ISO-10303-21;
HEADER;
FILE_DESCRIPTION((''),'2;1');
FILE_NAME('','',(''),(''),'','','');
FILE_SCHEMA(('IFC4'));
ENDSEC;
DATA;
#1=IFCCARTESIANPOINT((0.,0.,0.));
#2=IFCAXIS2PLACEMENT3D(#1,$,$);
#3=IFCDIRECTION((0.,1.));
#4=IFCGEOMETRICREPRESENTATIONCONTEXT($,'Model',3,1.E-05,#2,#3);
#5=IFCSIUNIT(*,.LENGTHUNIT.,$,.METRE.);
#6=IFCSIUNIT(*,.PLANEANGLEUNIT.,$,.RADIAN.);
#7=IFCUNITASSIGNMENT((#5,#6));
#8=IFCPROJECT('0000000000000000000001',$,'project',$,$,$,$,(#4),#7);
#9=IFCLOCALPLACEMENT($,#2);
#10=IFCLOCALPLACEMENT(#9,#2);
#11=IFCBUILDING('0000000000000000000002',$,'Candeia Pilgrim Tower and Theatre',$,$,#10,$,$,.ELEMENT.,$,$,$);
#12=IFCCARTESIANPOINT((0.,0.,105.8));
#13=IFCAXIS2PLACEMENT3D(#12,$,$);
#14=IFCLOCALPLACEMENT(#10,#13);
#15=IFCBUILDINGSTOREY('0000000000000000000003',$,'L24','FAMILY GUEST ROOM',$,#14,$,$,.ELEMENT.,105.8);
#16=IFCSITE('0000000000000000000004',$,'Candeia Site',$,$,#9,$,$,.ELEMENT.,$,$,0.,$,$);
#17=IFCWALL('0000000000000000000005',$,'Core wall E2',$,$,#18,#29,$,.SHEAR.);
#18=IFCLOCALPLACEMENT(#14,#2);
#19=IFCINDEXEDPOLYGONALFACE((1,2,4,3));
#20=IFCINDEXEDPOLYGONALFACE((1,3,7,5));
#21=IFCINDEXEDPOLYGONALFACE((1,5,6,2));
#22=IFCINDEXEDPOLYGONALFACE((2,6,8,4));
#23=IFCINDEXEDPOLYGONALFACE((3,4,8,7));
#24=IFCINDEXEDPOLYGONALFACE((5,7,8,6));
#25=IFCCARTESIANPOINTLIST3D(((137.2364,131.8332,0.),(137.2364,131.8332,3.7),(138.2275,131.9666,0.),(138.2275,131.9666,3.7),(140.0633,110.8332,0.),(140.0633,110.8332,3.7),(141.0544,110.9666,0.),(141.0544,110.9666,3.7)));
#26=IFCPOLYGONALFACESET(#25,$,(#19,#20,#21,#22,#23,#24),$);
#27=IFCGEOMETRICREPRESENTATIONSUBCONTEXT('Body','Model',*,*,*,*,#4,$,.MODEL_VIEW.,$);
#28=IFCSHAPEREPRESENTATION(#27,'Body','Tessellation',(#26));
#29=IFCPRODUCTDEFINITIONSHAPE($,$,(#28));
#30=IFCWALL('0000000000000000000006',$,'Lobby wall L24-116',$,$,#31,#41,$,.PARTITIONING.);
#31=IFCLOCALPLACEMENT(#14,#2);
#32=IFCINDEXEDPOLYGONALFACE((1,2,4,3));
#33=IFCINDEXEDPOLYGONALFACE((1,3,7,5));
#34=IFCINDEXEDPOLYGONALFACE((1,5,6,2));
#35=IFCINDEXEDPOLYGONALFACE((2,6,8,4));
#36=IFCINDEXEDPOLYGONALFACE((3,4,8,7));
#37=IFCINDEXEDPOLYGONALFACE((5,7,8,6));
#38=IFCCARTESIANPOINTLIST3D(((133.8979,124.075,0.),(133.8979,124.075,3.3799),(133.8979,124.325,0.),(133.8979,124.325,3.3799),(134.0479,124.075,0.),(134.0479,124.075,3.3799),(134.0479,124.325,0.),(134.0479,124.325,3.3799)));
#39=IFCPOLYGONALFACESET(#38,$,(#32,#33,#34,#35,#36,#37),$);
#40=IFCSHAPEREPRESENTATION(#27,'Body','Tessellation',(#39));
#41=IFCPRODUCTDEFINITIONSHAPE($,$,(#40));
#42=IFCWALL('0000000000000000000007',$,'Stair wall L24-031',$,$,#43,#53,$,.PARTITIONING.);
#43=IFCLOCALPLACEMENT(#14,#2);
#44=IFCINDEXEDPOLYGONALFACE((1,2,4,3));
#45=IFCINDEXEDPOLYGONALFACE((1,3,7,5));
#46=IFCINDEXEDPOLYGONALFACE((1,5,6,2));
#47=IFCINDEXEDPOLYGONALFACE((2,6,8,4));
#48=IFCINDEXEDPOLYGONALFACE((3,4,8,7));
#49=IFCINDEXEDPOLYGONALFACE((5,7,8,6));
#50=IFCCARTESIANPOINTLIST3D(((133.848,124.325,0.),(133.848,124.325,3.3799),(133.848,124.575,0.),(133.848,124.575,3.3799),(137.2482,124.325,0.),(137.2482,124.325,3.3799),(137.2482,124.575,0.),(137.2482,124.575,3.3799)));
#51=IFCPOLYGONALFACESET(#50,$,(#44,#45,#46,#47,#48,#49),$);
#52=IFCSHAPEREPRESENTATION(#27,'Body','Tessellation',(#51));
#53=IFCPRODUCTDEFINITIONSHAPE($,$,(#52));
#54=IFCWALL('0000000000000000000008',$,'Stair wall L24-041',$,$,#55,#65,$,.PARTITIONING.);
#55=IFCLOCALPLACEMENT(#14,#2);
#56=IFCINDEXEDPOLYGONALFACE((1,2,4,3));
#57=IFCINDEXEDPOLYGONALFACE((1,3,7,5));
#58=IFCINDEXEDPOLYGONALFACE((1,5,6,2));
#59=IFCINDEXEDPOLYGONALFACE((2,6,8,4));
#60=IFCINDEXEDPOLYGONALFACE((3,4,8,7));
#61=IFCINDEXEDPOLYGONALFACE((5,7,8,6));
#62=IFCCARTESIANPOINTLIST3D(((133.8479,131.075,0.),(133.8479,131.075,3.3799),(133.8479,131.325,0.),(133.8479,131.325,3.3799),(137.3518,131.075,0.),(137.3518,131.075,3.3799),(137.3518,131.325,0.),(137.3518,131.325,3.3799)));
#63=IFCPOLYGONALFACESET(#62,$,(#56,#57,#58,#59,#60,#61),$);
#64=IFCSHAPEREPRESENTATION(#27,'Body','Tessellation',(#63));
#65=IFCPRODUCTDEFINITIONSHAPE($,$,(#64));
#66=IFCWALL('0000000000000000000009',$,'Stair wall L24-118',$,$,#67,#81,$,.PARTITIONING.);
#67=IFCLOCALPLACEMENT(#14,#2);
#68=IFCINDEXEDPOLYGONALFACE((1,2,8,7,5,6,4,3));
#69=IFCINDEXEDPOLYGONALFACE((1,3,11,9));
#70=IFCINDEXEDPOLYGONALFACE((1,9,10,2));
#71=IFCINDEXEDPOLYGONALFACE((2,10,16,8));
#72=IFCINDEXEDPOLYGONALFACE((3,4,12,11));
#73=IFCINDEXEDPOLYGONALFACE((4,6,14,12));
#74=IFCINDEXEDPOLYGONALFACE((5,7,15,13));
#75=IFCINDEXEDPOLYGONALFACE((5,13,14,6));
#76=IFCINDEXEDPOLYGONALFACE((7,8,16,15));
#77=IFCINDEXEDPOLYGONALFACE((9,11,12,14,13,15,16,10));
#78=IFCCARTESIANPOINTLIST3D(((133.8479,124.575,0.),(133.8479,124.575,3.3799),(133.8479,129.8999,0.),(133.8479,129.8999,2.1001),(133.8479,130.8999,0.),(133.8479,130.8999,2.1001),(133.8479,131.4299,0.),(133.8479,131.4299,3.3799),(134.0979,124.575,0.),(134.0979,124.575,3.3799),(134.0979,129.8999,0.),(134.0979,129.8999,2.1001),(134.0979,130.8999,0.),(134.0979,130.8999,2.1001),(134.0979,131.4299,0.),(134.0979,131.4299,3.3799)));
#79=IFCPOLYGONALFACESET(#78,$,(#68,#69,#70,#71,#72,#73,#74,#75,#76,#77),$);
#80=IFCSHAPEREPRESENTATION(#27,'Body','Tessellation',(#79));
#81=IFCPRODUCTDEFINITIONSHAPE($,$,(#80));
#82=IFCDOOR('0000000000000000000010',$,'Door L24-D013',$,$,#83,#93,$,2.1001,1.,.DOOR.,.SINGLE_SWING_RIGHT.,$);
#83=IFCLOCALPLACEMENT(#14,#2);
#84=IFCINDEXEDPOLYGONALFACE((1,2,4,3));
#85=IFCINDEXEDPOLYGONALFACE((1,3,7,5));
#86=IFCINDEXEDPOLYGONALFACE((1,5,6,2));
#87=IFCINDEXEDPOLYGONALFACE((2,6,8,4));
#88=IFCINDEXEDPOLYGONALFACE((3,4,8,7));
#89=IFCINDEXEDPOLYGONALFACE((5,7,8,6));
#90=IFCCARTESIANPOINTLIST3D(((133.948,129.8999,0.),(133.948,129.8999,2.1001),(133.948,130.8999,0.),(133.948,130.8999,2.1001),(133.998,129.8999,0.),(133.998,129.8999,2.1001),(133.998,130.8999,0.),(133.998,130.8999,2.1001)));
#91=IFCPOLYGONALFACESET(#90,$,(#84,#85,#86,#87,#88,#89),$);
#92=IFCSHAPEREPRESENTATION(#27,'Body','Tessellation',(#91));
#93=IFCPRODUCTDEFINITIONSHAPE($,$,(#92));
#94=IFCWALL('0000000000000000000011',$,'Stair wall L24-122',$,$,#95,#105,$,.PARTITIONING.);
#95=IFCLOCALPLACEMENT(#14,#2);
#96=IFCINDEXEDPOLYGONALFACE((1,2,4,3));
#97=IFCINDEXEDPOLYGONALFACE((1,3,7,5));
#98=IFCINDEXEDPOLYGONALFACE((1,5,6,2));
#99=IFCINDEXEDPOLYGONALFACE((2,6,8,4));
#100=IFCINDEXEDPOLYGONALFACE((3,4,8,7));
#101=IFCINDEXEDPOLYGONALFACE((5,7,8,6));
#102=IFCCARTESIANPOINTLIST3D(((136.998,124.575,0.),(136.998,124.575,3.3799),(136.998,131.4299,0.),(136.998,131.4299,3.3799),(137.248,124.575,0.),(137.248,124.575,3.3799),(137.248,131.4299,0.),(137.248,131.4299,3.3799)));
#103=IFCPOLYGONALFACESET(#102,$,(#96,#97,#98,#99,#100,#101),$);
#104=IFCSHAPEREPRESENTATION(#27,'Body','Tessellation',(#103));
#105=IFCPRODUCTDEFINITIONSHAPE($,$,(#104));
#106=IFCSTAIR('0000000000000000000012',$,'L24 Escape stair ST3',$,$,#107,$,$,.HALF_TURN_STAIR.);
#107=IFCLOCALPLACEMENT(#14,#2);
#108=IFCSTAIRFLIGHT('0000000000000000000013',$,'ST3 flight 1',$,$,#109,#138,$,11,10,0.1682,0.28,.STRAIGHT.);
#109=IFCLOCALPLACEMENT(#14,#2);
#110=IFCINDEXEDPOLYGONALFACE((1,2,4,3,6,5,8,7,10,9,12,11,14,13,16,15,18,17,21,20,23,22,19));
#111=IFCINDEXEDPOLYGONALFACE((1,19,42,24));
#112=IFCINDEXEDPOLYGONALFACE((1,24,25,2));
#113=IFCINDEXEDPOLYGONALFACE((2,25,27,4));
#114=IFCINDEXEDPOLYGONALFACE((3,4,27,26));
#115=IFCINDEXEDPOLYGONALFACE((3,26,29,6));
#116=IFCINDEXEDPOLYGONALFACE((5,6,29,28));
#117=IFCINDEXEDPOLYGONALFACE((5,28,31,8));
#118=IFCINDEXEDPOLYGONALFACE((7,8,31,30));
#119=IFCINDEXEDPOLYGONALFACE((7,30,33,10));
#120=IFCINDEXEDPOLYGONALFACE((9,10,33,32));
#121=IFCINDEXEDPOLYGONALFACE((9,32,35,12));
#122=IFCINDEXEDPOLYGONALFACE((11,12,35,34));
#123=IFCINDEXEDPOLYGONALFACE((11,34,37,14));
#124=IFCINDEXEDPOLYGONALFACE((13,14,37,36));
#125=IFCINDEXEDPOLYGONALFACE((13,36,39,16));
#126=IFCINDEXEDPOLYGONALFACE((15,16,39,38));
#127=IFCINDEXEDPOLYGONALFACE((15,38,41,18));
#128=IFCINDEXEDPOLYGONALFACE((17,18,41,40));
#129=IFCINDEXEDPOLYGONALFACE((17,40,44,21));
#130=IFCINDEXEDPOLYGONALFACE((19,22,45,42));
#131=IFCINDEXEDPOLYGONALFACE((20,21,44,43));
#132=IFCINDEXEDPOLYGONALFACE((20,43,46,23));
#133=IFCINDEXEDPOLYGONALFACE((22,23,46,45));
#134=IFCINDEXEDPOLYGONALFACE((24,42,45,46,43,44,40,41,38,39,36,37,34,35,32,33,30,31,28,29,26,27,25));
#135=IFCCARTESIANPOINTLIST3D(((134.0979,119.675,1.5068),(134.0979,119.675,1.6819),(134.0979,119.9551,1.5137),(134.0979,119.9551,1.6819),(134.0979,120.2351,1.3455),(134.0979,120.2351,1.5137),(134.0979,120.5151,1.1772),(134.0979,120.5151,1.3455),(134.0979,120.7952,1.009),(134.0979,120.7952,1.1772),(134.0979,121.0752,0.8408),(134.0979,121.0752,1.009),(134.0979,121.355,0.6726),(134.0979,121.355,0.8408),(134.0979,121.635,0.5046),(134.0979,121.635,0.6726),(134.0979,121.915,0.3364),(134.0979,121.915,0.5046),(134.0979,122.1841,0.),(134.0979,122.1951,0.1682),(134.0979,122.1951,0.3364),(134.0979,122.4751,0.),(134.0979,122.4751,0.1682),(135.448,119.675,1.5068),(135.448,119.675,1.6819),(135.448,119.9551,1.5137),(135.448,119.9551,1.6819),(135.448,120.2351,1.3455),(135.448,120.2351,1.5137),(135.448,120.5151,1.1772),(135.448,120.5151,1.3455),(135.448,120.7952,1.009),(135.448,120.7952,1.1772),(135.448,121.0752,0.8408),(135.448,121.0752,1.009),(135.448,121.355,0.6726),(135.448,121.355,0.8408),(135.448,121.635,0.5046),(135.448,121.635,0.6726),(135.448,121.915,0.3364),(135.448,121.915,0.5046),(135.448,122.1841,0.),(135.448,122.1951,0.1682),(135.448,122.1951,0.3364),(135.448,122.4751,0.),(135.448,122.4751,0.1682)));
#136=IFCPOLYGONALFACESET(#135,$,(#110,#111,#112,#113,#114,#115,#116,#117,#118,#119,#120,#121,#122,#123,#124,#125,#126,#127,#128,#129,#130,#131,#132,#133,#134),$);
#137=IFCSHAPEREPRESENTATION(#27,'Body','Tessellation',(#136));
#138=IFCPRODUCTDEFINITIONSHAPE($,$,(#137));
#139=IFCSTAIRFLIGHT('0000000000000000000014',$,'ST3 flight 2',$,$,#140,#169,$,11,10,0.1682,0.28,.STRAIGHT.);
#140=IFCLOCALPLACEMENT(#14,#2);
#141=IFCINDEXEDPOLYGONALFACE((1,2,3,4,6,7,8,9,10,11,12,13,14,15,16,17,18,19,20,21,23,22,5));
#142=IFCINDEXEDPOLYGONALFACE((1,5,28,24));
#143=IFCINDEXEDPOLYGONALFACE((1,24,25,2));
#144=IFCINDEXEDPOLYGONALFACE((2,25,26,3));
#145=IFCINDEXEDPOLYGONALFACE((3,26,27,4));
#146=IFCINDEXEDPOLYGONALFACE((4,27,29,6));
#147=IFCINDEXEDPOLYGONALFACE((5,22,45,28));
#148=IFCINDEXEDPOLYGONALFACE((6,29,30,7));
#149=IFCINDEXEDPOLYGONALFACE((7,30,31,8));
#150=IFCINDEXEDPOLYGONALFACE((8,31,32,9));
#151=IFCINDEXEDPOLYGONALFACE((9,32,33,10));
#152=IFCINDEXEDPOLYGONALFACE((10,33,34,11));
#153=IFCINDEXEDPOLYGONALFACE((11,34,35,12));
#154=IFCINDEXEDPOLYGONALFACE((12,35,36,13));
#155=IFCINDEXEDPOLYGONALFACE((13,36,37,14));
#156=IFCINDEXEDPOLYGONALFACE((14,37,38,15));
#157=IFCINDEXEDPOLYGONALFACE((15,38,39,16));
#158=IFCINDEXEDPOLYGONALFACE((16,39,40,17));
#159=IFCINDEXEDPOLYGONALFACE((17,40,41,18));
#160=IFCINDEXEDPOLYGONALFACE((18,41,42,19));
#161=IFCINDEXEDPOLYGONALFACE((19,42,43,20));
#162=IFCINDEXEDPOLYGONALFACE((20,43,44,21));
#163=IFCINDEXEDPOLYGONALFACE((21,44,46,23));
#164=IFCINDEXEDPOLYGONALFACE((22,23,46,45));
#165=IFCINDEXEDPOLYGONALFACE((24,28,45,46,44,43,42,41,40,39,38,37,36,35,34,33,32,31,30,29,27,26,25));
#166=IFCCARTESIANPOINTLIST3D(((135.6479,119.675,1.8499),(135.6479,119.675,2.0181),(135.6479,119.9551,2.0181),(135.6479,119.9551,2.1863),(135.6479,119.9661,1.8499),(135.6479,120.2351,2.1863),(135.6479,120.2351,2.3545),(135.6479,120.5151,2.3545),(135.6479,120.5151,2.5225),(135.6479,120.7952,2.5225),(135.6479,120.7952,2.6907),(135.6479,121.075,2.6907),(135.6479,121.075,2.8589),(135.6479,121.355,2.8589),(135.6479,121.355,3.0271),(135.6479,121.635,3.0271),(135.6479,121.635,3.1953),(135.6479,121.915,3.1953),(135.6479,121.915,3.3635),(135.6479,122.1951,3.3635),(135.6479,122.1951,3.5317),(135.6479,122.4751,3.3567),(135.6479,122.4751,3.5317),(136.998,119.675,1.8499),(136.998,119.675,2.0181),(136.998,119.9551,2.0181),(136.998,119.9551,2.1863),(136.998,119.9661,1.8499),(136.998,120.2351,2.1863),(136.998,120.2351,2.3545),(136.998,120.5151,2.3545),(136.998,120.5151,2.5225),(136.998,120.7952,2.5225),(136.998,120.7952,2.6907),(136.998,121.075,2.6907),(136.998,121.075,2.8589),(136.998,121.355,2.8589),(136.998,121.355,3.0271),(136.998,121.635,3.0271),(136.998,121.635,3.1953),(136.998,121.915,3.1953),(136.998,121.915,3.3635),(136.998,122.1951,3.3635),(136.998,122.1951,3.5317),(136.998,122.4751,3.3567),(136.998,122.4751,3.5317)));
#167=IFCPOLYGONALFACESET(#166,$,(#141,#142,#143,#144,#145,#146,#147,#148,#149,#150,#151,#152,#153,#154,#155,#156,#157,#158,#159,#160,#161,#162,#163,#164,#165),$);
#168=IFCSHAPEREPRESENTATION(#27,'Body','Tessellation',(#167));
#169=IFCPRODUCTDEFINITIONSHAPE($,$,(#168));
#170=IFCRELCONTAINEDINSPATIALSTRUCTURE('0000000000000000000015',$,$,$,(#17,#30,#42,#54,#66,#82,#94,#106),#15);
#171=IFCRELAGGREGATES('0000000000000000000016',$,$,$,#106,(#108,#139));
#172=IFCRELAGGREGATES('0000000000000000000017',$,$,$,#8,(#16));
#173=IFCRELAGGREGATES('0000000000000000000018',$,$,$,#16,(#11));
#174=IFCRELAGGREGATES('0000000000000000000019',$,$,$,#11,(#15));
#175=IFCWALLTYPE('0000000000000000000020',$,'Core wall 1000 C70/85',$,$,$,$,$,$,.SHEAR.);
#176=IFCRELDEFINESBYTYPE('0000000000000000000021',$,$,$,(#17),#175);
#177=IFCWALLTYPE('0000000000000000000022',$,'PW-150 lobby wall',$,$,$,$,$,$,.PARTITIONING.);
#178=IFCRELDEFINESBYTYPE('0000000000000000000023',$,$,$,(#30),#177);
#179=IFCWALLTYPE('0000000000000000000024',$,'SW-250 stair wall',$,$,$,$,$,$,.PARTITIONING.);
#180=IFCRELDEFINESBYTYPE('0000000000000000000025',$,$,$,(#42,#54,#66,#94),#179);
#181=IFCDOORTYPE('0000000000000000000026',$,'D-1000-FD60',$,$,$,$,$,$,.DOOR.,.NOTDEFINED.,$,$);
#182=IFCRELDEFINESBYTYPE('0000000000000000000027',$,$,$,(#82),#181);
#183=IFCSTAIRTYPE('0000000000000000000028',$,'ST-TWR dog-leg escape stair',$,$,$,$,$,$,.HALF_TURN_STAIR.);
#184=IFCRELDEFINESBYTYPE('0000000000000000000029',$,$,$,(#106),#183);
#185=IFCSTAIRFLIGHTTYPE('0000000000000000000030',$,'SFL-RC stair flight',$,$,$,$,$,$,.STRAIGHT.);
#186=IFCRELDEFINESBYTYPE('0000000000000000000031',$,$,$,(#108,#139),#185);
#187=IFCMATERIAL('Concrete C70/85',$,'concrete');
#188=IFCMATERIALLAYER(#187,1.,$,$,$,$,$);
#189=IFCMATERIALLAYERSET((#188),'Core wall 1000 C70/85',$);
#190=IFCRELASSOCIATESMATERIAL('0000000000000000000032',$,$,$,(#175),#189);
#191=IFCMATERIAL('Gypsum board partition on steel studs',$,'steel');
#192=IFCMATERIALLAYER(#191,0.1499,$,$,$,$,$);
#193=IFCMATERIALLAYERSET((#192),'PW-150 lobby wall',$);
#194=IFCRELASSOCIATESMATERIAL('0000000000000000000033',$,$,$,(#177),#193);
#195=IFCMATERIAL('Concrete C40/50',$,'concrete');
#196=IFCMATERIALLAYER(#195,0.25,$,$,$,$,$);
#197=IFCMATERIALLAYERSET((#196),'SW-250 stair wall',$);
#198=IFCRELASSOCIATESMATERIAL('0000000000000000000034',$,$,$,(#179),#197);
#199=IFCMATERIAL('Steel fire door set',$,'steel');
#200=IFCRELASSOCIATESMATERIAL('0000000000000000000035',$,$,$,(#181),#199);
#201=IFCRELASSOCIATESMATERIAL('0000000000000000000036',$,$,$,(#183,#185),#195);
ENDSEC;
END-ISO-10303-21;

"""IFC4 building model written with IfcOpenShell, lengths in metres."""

from ifc_helpers import new_model, si_unit, direction, frame, frame_2d, origin, place, context, subcontext, project, spatial, polyline, rectangle, outline, extrude, material, layer, layer_set, type_object, element, fill, aggregate, save


model = new_model("IFC4")

# Units and contexts
model_context = context("Model", 3, precision=1e-05, world=origin(), true_north=direction((0.0, 1.0)))
body_context = subcontext(model_context, "Body", "Model", "MODEL_VIEW")
ifc_project = project(units=[si_unit("LENGTHUNIT", "METRE"), si_unit("PLANEANGLEUNIT", "RADIAN")], contexts=[model_context])

# Site, building, storey
site_placement = place(None, origin())
site = spatial("IfcSite", under=ifc_project, at=site_placement, Name="Candeia Site", CompositionType="ELEMENT", RefElevation=0.0)
building_placement = place(site_placement, origin())
building = spatial("IfcBuilding", under=site, at=building_placement, Name="Candeia Pilgrim Tower and Theatre", CompositionType="ELEMENT")
storey_placement = place(building_placement, frame((0.0, 0.0, 105.8)))
storey = spatial("IfcBuildingStorey", under=building, at=storey_placement, Name="L24", Description="FAMILY GUEST ROOM", CompositionType="ELEMENT", Elevation=105.8)

# Walls
ifc_material_1 = material(Name="Concrete C70/85", Category="concrete")
ifc_layer_1 = layer(ifc_material_1, 1.0)
ifc_layer_set_1 = layer_set([ifc_layer_1], Name="Core wall 1000 C70/85")
wall_type_1 = type_object("IfcWallType", Name="Core wall 1000 C70/85", PredefinedType="SHEAR", material=ifc_layer_set_1)
wall_1_placement = place(storey_placement, frame((137.7319, 131.8999, 0.0), z_axis=(0.0, 0.0, 1.0), x_axis=(0.133411, -0.991061, 0.0)))
element("IfcWall", 1, at=wall_1_placement, inside=storey, type_object=wall_type_1, Name="Core wall E2", PredefinedType="SHEAR", context=body_context, shape_type="SweptSolid", body=[
    extrude(rectangle(XDim=21.1895, YDim=1.0, at=frame_2d((10.5947, 0.0))), origin(), (0.0, 0.0, 1.0), 3.7),
])
ifc_material_2 = material(Name="Gypsum board partition on steel studs", Category="steel")
ifc_layer_2 = layer(ifc_material_2, 0.1499)
ifc_layer_set_2 = layer_set([ifc_layer_2], Name="PW-150 lobby wall")
wall_type_2 = type_object("IfcWallType", Name="PW-150 lobby wall", PredefinedType="PARTITIONING", material=ifc_layer_set_2)
wall_2_placement = place(storey_placement, frame((133.9729, 124.075, 0.0), z_axis=(0.0, 0.0, 1.0), x_axis=(0.0, 1.0, 0.0)))
element("IfcWall", 2, at=wall_2_placement, inside=storey, type_object=wall_type_2, Name="Lobby wall L24-116", PredefinedType="PARTITIONING", context=body_context, shape_type="SweptSolid", body=[
    extrude(rectangle(XDim=0.25, YDim=0.1499, at=frame_2d((0.125, 0.0))), origin(), (0.0, 0.0, 1.0), 3.3799),
])
ifc_material_3 = material(Name="Concrete C40/50", Category="concrete")
ifc_layer_3 = layer(ifc_material_3, 0.25)
ifc_layer_set_3 = layer_set([ifc_layer_3], Name="SW-250 stair wall")
wall_type_3 = type_object("IfcWallType", Name="SW-250 stair wall", PredefinedType="PARTITIONING", material=ifc_layer_set_3)
wall_3_placement = place(storey_placement, frame((133.8479, 124.45, 0.0), z_axis=(0.0, 0.0, 1.0), x_axis=(1.0, 0.0, 0.0)))
element("IfcWall", 3, at=wall_3_placement, inside=storey, type_object=wall_type_3, Name="Stair wall L24-031", PredefinedType="PARTITIONING", context=body_context, shape_type="SweptSolid", body=[
    extrude(rectangle(XDim=3.4001, YDim=0.25, at=frame_2d((1.7002, 0.0))), origin(), (0.0, 0.0, 1.0), 3.3799),
])
wall_4_placement = place(storey_placement, frame((133.8479, 131.2, 0.0), z_axis=(0.0, 0.0, 1.0), x_axis=(1.0, 0.0, 0.0)))
element("IfcWall", 4, at=wall_4_placement, inside=storey, type_object=wall_type_3, Name="Stair wall L24-041", PredefinedType="PARTITIONING", context=body_context, shape_type="SweptSolid", body=[
    extrude(rectangle(XDim=3.5039, YDim=0.25, at=frame_2d((1.752, 0.0))), origin(), (0.0, 0.0, 1.0), 3.3799),
])

# Wall, opening, door
wall_5_placement = place(storey_placement, frame((133.9729, 124.575, 0.0), z_axis=(0.0, 0.0, 1.0), x_axis=(0.0, 1.0, 0.0)))
wall_5 = element("IfcWall", 5, at=wall_5_placement, inside=storey, type_object=wall_type_3, Name="Stair wall L24-118", PredefinedType="PARTITIONING", context=body_context, shape_type="SweptSolid", body=[
    extrude(rectangle(XDim=6.855, YDim=0.25, at=frame_2d((3.4275, 0.0))), origin(), (0.0, 0.0, 1.0), 3.3799),
])
opening_placement = place(wall_5_placement, frame((5.325, 0.0, 0.0)))
opening = element("IfcOpeningElement", 6, at=opening_placement, cuts=wall_5, PredefinedType="OPENING", context=body_context, shape_type="SweptSolid", body=[
    extrude(rectangle(XDim=1.0, YDim=2.1001, at=frame_2d((0.5, 1.05))), frame((0.0, 0.135, 0.0), z_axis=(0.0, -1.0, 0.0), x_axis=(1.0, 0.0, 0.0)), (0.0, 0.0, 1.0), 0.27),
])
ifc_material_4 = material(Name="Steel fire door set", Category="steel")
door_type = type_object("IfcDoorType", Name="D-1000-FD60", OperationType="NOTDEFINED", PredefinedType="DOOR", material=ifc_material_4)
door_placement = place(opening_placement, origin())
door = element("IfcDoor", 7, at=door_placement, inside=storey, type_object=door_type, Name="Door L24-D013", OperationType="SINGLE_SWING_RIGHT", OverallHeight=2.1001, OverallWidth=1.0, PredefinedType="DOOR", context=body_context, shape_type="SweptSolid", body=[
    extrude(rectangle(XDim=1.0, YDim=2.1001, at=frame_2d((0.5, 1.05))), frame((0.0, 0.0249, 0.0), z_axis=(0.0, -1.0, 0.0), x_axis=(1.0, 0.0, 0.0)), (0.0, 0.0, 1.0), 0.05),
])
fill(opening, door)

# Wall
wall_6_placement = place(storey_placement, frame((137.123, 124.575, 0.0), z_axis=(0.0, 0.0, 1.0), x_axis=(0.0, 1.0, 0.0)))
element("IfcWall", 8, at=wall_6_placement, inside=storey, type_object=wall_type_3, Name="Stair wall L24-122", PredefinedType="PARTITIONING", context=body_context, shape_type="SweptSolid", body=[
    extrude(rectangle(XDim=6.855, YDim=0.25, at=frame_2d((3.4275, 0.0))), origin(), (0.0, 0.0, 1.0), 3.3799),
])

# Stair, stair flights
stair_type = type_object("IfcStairType", Name="ST-TWR dog-leg escape stair", PredefinedType="HALF_TURN_STAIR", material=ifc_material_3)
stair_1_placement = place(storey_placement, origin())
stair_1 = element("IfcStair", 9, at=stair_1_placement, inside=storey, type_object=stair_type, Name="L24 Escape stair ST3", PredefinedType="HALF_TURN_STAIR")
stair_flight_type = type_object("IfcStairFlightType", Name="SFL-RC stair flight", PredefinedType="STRAIGHT", material=ifc_material_3)
stair_flight_1_placement = place(storey_placement, frame((134.7729, 122.4751, 0.0), z_axis=(0.0, 0.0, 1.0), x_axis=(0.0, -1.0, 0.0)))
stair_flight_1 = element("IfcStairFlight", 10, at=stair_flight_1_placement, type_object=stair_flight_type, Name="ST3 flight 1", NumberOfRisers=11, NumberOfTreads=10, PredefinedType="STRAIGHT", RiserHeight=0.1682, TreadLength=0.28, context=body_context, shape_type="SweptSolid", body=[
    extrude(outline(polyline([(0.0, 0.0), (0.0, 0.1682), (0.28, 0.1682), (0.28, 0.3364), (0.5601, 0.3364), (0.5601, 0.5046), (0.8401, 0.5046), (0.8401, 0.6726), (1.1201, 0.6726), (1.1201, 0.8408), (1.3999, 0.8408), (1.3999, 1.009), (1.6799, 1.009), (1.6799, 1.1772), (1.96, 1.1772), (1.96, 1.3455), (2.24, 1.3455), (2.24, 1.5137), (2.52, 1.5137), (2.52, 1.6819), (2.8, 1.6819), (2.8, 1.8501), (2.8, 1.5068), (0.291, 0.0), (0.0, 0.0)])), frame((0.0, 0.675, 0.0), z_axis=(0.0, -1.0, 0.0), x_axis=(1.0, 0.0, 0.0)), (0.0, 0.0, 1.0), 1.3501),
])
stair_flight_2_placement = place(storey_placement, frame((136.323, 119.675, 1.8499), z_axis=(0.0, 0.0, 1.0), x_axis=(0.0, 1.0, 0.0)))
stair_flight_2 = element("IfcStairFlight", 11, at=stair_flight_2_placement, type_object=stair_flight_type, Name="ST3 flight 2", NumberOfRisers=11, NumberOfTreads=10, PredefinedType="STRAIGHT", RiserHeight=0.1682, TreadLength=0.28, context=body_context, shape_type="SweptSolid", body=[
    extrude(outline(polyline([(0.0, 0.0), (0.0, 0.1682), (0.28, 0.1682), (0.28, 0.3364), (0.5601, 0.3364), (0.5601, 0.5046), (0.8401, 0.5046), (0.8401, 0.6726), (1.1201, 0.6726), (1.1201, 0.8408), (1.3999, 0.8408), (1.3999, 1.009), (1.6799, 1.009), (1.6799, 1.1772), (1.96, 1.1772), (1.96, 1.3455), (2.24, 1.3455), (2.24, 1.5137), (2.52, 1.5137), (2.52, 1.6819), (2.8, 1.6819), (2.8, 1.8501), (2.8, 1.5068), (0.291, 0.0), (0.0, 0.0)])), frame((0.0, 0.675, 0.0), z_axis=(0.0, -1.0, 0.0), x_axis=(1.0, 0.0, 0.0)), (0.0, 0.0, 1.0), 1.3501),
])
aggregate(stair_1, [stair_flight_1, stair_flight_2])

save(model, "model.ifc")
